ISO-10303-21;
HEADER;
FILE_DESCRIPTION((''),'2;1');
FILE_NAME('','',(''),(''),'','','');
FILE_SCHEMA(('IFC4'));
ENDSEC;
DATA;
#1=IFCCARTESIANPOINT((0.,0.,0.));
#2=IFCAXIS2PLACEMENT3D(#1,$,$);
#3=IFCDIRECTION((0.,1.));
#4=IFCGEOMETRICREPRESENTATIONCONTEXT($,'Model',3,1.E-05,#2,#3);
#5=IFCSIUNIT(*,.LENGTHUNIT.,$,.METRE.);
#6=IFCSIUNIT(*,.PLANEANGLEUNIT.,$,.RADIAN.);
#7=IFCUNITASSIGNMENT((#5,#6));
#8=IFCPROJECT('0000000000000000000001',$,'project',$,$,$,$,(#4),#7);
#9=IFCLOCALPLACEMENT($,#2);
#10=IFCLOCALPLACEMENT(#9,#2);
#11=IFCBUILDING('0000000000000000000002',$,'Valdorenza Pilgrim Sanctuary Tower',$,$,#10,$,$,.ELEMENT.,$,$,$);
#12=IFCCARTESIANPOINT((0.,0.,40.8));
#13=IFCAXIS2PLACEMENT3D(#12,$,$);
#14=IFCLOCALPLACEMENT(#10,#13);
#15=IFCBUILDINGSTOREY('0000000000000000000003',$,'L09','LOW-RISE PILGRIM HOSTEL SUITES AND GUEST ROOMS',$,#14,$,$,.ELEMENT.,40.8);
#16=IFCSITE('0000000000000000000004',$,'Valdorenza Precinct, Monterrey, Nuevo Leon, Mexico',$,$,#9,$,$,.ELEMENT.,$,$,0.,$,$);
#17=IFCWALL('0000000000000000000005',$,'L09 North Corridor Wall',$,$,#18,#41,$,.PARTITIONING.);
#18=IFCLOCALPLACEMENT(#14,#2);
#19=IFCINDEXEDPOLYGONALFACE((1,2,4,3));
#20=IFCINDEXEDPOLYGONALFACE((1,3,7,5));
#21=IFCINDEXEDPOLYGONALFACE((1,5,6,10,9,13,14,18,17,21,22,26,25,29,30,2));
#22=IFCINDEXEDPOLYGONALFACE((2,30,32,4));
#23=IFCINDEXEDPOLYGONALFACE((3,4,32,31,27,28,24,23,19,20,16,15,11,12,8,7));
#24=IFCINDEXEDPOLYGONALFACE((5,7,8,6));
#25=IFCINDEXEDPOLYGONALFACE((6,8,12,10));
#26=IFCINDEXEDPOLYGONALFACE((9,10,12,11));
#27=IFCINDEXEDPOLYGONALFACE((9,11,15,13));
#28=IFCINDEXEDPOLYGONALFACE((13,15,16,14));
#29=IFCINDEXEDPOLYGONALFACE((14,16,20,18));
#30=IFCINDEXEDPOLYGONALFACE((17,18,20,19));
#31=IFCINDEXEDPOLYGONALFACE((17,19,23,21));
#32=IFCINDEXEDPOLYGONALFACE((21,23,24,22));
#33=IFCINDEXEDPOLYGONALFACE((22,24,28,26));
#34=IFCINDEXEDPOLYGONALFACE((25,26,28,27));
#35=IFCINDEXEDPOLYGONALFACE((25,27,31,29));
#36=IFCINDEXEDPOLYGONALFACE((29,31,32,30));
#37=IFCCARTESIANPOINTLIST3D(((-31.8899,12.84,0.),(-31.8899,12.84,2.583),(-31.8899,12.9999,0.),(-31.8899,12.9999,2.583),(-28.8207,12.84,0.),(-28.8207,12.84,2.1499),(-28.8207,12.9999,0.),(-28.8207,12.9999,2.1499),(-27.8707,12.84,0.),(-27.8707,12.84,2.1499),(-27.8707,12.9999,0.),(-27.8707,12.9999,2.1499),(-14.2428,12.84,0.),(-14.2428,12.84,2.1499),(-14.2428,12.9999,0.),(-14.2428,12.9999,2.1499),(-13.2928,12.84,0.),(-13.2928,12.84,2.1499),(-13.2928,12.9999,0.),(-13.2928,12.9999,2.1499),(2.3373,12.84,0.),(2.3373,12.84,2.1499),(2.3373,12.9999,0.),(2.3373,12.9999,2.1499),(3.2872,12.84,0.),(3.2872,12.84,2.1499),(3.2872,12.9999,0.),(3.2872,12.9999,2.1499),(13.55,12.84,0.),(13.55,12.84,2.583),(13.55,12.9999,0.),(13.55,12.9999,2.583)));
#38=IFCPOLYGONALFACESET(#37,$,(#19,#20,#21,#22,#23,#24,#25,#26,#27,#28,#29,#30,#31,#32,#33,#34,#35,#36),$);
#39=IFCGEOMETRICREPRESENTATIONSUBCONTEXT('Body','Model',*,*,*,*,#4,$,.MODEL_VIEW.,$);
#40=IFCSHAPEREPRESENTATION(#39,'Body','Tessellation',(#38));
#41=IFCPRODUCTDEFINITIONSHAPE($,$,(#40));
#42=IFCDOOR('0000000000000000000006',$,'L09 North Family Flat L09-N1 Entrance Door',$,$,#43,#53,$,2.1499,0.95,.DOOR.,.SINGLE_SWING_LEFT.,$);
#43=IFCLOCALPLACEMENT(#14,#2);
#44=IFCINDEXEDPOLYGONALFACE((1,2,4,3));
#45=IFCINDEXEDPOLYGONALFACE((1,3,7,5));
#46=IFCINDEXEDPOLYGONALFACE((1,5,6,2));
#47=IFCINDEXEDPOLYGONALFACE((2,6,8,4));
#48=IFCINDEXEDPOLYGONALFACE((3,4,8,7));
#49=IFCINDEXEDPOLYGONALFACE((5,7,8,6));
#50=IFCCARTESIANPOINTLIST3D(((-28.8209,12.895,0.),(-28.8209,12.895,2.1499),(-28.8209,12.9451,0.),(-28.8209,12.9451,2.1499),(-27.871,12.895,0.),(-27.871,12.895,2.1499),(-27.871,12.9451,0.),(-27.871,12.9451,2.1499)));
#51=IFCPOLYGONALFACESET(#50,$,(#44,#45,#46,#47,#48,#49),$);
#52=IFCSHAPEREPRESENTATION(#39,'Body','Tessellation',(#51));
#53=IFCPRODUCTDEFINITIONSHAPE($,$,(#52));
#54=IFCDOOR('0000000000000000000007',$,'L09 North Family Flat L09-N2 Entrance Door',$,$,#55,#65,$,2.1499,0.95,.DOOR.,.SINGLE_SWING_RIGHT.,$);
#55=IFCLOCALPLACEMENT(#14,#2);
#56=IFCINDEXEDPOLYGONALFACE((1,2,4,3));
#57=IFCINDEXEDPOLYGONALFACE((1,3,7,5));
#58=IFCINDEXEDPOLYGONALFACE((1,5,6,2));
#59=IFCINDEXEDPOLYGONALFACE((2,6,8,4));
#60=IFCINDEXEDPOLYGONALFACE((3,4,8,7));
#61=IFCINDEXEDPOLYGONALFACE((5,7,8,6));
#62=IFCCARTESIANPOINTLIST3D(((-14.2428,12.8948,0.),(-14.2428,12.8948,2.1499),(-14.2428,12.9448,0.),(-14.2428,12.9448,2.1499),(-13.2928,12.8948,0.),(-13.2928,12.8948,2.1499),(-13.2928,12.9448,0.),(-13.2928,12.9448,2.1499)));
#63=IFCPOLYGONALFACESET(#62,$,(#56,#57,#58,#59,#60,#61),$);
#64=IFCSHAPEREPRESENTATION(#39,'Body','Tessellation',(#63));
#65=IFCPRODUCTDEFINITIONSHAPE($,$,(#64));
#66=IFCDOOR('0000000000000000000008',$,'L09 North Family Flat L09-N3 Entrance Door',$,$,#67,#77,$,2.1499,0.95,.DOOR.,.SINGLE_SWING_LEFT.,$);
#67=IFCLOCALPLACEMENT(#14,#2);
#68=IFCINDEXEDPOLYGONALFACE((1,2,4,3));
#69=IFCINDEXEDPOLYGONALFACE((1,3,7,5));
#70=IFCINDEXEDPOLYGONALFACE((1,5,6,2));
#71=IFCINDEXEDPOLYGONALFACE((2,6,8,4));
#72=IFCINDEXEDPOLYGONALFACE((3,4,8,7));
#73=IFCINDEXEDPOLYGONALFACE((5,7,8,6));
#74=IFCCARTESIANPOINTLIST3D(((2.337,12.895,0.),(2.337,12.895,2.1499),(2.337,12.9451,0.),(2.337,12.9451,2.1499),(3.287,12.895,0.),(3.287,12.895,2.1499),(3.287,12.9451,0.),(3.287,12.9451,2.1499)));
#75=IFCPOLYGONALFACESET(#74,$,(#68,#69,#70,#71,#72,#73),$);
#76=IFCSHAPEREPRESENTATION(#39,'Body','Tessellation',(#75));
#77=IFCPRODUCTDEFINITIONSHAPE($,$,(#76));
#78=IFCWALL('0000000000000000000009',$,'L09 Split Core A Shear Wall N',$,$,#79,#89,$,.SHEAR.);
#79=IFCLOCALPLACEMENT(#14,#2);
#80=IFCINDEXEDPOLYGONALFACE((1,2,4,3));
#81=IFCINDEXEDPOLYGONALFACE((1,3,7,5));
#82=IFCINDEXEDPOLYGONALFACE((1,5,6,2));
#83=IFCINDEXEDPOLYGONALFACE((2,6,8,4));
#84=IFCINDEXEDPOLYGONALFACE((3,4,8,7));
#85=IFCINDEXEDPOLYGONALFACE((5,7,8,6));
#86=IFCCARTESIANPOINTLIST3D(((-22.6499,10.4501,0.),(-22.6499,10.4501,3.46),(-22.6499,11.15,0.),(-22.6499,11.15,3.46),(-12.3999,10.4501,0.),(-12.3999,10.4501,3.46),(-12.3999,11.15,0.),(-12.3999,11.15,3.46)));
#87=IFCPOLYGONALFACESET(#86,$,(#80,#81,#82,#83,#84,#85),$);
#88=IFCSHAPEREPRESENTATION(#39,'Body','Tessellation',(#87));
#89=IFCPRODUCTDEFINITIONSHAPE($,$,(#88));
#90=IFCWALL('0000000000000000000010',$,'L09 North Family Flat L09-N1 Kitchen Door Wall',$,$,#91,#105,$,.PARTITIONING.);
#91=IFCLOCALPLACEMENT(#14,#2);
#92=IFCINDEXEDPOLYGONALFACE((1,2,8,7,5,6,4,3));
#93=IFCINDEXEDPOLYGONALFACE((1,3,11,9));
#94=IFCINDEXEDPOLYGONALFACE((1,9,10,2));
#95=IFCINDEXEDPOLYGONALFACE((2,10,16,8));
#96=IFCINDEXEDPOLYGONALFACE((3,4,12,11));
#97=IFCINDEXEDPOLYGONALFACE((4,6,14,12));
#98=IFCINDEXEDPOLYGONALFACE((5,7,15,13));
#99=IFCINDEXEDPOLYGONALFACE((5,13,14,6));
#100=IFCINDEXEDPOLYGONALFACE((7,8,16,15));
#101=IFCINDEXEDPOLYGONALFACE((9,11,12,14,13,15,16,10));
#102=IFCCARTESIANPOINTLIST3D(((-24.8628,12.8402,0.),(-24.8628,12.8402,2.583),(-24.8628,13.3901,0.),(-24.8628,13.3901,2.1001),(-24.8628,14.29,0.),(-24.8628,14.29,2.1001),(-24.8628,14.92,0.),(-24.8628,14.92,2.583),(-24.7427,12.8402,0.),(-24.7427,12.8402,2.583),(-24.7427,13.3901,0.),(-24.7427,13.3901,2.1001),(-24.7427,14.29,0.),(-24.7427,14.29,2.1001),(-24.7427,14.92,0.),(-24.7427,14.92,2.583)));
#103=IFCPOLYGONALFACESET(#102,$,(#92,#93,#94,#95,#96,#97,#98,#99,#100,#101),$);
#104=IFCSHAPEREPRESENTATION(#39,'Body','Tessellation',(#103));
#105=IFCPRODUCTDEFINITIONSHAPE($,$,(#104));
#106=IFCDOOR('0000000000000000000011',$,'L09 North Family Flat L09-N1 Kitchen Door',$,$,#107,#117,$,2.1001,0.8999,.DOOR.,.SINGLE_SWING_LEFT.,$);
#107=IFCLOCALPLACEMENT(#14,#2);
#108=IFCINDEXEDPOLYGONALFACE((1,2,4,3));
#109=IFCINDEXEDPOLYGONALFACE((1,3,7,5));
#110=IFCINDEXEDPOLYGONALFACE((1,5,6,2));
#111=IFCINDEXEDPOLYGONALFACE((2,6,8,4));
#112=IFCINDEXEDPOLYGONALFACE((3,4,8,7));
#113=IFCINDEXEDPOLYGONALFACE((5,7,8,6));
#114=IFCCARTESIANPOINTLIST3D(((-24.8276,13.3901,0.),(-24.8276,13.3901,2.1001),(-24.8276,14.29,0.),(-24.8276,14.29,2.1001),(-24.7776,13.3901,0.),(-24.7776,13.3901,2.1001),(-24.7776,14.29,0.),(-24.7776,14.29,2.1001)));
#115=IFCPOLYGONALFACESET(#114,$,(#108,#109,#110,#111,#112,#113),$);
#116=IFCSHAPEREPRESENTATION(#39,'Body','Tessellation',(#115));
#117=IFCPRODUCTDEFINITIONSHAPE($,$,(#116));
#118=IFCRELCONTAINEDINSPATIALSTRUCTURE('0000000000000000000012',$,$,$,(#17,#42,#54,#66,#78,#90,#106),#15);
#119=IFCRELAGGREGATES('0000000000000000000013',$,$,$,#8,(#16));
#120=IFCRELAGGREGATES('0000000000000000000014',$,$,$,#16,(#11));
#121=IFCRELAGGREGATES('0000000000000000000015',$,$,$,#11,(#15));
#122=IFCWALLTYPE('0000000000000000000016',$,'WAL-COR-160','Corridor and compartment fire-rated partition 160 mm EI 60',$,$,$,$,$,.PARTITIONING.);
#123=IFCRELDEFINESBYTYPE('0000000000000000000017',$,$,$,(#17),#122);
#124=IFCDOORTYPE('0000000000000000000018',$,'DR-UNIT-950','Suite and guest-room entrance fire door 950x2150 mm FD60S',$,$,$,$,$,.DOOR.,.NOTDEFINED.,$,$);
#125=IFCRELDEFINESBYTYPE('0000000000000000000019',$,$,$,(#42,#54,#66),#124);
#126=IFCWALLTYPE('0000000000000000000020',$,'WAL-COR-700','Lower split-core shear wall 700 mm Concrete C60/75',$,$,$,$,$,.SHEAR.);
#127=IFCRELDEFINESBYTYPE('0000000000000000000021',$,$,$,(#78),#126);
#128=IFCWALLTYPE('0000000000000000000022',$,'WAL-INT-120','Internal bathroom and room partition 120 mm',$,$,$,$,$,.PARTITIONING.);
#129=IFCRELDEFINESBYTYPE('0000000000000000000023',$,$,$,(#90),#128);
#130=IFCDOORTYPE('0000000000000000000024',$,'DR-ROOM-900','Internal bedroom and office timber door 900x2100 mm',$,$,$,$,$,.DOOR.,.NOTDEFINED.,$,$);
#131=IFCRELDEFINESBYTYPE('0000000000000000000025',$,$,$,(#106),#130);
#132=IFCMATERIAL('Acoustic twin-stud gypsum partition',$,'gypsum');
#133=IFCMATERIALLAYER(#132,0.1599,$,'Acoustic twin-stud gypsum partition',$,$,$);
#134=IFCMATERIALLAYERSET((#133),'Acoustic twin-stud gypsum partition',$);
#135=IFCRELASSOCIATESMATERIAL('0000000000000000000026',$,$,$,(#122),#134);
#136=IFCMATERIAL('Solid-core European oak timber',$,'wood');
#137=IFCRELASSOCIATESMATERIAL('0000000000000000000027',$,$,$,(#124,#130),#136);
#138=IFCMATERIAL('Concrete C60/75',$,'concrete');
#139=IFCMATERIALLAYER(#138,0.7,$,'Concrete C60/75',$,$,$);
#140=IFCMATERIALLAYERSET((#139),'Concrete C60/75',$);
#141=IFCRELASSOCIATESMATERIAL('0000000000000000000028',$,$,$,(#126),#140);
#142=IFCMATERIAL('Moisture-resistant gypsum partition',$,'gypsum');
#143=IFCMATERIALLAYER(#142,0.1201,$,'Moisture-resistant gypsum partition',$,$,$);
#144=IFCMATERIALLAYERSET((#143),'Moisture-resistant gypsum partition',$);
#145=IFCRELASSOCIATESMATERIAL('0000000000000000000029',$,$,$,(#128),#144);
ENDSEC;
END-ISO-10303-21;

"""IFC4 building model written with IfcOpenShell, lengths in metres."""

from ifc_helpers import new_model, si_unit, direction, frame, frame_2d, origin, place, context, subcontext, project, spatial, rectangle, extrude, material, layer, layer_set, type_object, element, fill, save


model = new_model("IFC4")

# Units and contexts
model_context = context("Model", 3, precision=1e-05, world=origin(), true_north=direction((0.0, 1.0)))
body_context = subcontext(model_context, "Body", "Model", "MODEL_VIEW")
ifc_project = project(units=[si_unit("LENGTHUNIT", "METRE"), si_unit("PLANEANGLEUNIT", "RADIAN")], contexts=[model_context])

# Site, building, storey
site_placement = place(None, origin())
site = spatial("IfcSite", under=ifc_project, at=site_placement, Name="Valdorenza Precinct, Monterrey, Nuevo Leon, Mexico", CompositionType="ELEMENT", RefElevation=0.0)
building_placement = place(site_placement, origin())
building = spatial("IfcBuilding", under=site, at=building_placement, Name="Valdorenza Pilgrim Sanctuary Tower", CompositionType="ELEMENT")
storey_placement = place(building_placement, frame((0.0, 0.0, 40.8)))
storey = spatial("IfcBuildingStorey", under=building, at=storey_placement, Name="L09", Description="LOW-RISE PILGRIM HOSTEL SUITES AND GUEST ROOMS", CompositionType="ELEMENT", Elevation=40.8)

# Shared definitions
ifc_material_1 = material(Name="Concrete C60/75", Category="concrete")

# Shared definitions
ifc_material_2 = material(Name="Acoustic twin-stud gypsum partition", Category="gypsum")
ifc_layer_1 = layer(ifc_material_2, 0.1599, Name="Acoustic twin-stud gypsum partition")
ifc_layer_set_1 = layer_set([ifc_layer_1], Name="Acoustic twin-stud gypsum partition")
wall_type_1 = type_object("IfcWallType", Name="WAL-COR-160", Description="Corridor and compartment fire-rated partition 160 mm EI 60", PredefinedType="PARTITIONING", material=ifc_layer_set_1)

# Wall, openings, doors
wall_1_placement = place(storey_placement, frame((-31.8899, 12.9199, 0.0), z_axis=(0.0, 0.0, 1.0), x_axis=(1.0, 0.0, 0.0)))
wall_1 = element("IfcWall", 1, at=wall_1_placement, inside=storey, type_object=wall_type_1, Name="L09 North Corridor Wall", PredefinedType="PARTITIONING", context=body_context, shape_type="SweptSolid", body=[
    extrude(rectangle(XDim=45.4399, YDim=0.1599, at=frame_2d((22.72, 0.0))), origin(), (0.0, 0.0, 1.0), 2.583),
])
opening_1_placement = place(wall_1_placement, frame((3.0691, 0.0, 0.0)))
opening_1 = element("IfcOpeningElement", 2, at=opening_1_placement, cuts=wall_1, PredefinedType="OPENING", context=body_context, shape_type="SweptSolid", body=[
    extrude(rectangle(XDim=0.95, YDim=2.1499, at=frame_2d((0.4751, 1.075))), frame((0.0, 0.0947, 0.0), z_axis=(0.0, -1.0, 0.0), x_axis=(1.0, 0.0, 0.0)), (0.0, 0.0, 1.0), 0.1897),
])
opening_2_placement = place(wall_1_placement, frame((17.647, 0.0, 0.0)))
opening_2 = element("IfcOpeningElement", 3, at=opening_2_placement, cuts=wall_1, PredefinedType="OPENING", context=body_context, shape_type="SweptSolid", body=[
    extrude(rectangle(XDim=0.95, YDim=2.1499, at=frame_2d((0.4751, 1.075))), frame((0.0, 0.0947, 0.0), z_axis=(0.0, -1.0, 0.0), x_axis=(1.0, 0.0, 0.0)), (0.0, 0.0, 1.0), 0.1897),
])
opening_3_placement = place(wall_1_placement, frame((34.2271, 0.0, 0.0)))
opening_3 = element("IfcOpeningElement", 4, at=opening_3_placement, cuts=wall_1, PredefinedType="OPENING", context=body_context, shape_type="SweptSolid", body=[
    extrude(rectangle(XDim=0.95, YDim=2.1499, at=frame_2d((0.4751, 1.075))), frame((0.0, 0.0947, 0.0), z_axis=(0.0, -1.0, 0.0), x_axis=(1.0, 0.0, 0.0)), (0.0, 0.0, 1.0), 0.1897),
])
ifc_material_3 = material(Name="Solid-core European oak timber", Category="wood")
door_type_1 = type_object("IfcDoorType", Name="DR-UNIT-950", Description="Suite and guest-room entrance fire door 950x2150 mm FD60S", OperationType="NOTDEFINED", PredefinedType="DOOR", material=ifc_material_3)
door_1_placement = place(opening_1_placement, frame((0.95, 0.0, 0.0), z_axis=(0.0, 0.0, 1.0), x_axis=(-1.0, 0.0, 0.0)))
door_1 = element("IfcDoor", 5, at=door_1_placement, inside=storey, type_object=door_type_1, Name="L09 North Family Flat L09-N1 Entrance Door", OperationType="SINGLE_SWING_LEFT", OverallHeight=2.1499, OverallWidth=0.95, PredefinedType="DOOR", context=body_context, shape_type="SweptSolid", body=[
    extrude(rectangle(XDim=0.95, YDim=2.1499, at=frame_2d((0.4751, 1.075))), frame((0.0, 0.0249, 0.0), z_axis=(0.0, -1.0, 0.0), x_axis=(1.0, 0.0, 0.0)), (0.0, 0.0, 1.0), 0.05),
])
fill(opening_1, door_1)
door_2_placement = place(opening_2_placement, origin())
door_2 = element("IfcDoor", 6, at=door_2_placement, inside=storey, type_object=door_type_1, Name="L09 North Family Flat L09-N2 Entrance Door", OperationType="SINGLE_SWING_RIGHT", OverallHeight=2.1499, OverallWidth=0.95, PredefinedType="DOOR", context=body_context, shape_type="SweptSolid", body=[
    extrude(rectangle(XDim=0.95, YDim=2.1499, at=frame_2d((0.4751, 1.075))), frame((0.0, 0.0249, 0.0), z_axis=(0.0, -1.0, 0.0), x_axis=(1.0, 0.0, 0.0)), (0.0, 0.0, 1.0), 0.05),
])
fill(opening_2, door_2)
door_3_placement = place(opening_3_placement, frame((0.95, 0.0, 0.0), z_axis=(0.0, 0.0, 1.0), x_axis=(-1.0, 0.0, 0.0)))
door_3 = element("IfcDoor", 7, at=door_3_placement, inside=storey, type_object=door_type_1, Name="L09 North Family Flat L09-N3 Entrance Door", OperationType="SINGLE_SWING_LEFT", OverallHeight=2.1499, OverallWidth=0.95, PredefinedType="DOOR", context=body_context, shape_type="SweptSolid", body=[
    extrude(rectangle(XDim=0.95, YDim=2.1499, at=frame_2d((0.4751, 1.075))), frame((0.0, 0.0249, 0.0), z_axis=(0.0, -1.0, 0.0), x_axis=(1.0, 0.0, 0.0)), (0.0, 0.0, 1.0), 0.05),
])
fill(opening_3, door_3)

# Wall
ifc_layer_2 = layer(ifc_material_1, 0.7, Name="Concrete C60/75")
ifc_layer_set_2 = layer_set([ifc_layer_2], Name="Concrete C60/75")
wall_type_2 = type_object("IfcWallType", Name="WAL-COR-700", Description="Lower split-core shear wall 700 mm Concrete C60/75", PredefinedType="SHEAR", material=ifc_layer_set_2)
wall_2_placement = place(storey_placement, frame((-22.6499, 10.8, 0.0), z_axis=(0.0, 0.0, 1.0), x_axis=(1.0, 0.0, 0.0)))
element("IfcWall", 8, at=wall_2_placement, inside=storey, type_object=wall_type_2, Name="L09 Split Core A Shear Wall N", PredefinedType="SHEAR", context=body_context, shape_type="SweptSolid", body=[
    extrude(rectangle(XDim=10.25, YDim=0.7, at=frame_2d((5.125, 0.0))), origin(), (0.0, 0.0, 1.0), 3.46),
])

# Wall, opening, door
ifc_material_4 = material(Name="Moisture-resistant gypsum partition", Category="gypsum")
ifc_layer_3 = layer(ifc_material_4, 0.1201, Name="Moisture-resistant gypsum partition")
ifc_layer_set_3 = layer_set([ifc_layer_3], Name="Moisture-resistant gypsum partition")
wall_type_3 = type_object("IfcWallType", Name="WAL-INT-120", Description="Internal bathroom and room partition 120 mm", PredefinedType="PARTITIONING", material=ifc_layer_set_3)
wall_3_placement = place(storey_placement, frame((-24.8027, 12.8401, 0.0), z_axis=(0.0, 0.0, 1.0), x_axis=(0.0, 1.0, 0.0)))
wall_3 = element("IfcWall", 9, at=wall_3_placement, inside=storey, type_object=wall_type_3, Name="L09 North Family Flat L09-N1 Kitchen Door Wall", PredefinedType="PARTITIONING", context=body_context, shape_type="SweptSolid", body=[
    extrude(rectangle(XDim=2.0798, YDim=0.1201, at=frame_2d((1.04, 0.0))), origin(), (0.0, 0.0, 1.0), 2.583),
])
opening_4_placement = place(wall_3_placement, frame((0.55, 0.0, 0.0)))
opening_4 = element("IfcOpeningElement", 10, at=opening_4_placement, cuts=wall_3, PredefinedType="OPENING", context=body_context, shape_type="SweptSolid", body=[
    extrude(rectangle(XDim=0.8999, YDim=2.1001, at=frame_2d((0.45, 1.05))), frame((0.0, 0.075, 0.0), z_axis=(0.0, -1.0, 0.0), x_axis=(1.0, 0.0, 0.0)), (0.0, 0.0, 1.0), 0.1499),
])
door_type_2 = type_object("IfcDoorType", Name="DR-ROOM-900", Description="Internal bedroom and office timber door 900x2100 mm", OperationType="NOTDEFINED", PredefinedType="DOOR", material=ifc_material_3)
door_4_placement = place(opening_4_placement, origin())
door_4 = element("IfcDoor", 11, at=door_4_placement, inside=storey, type_object=door_type_2, Name="L09 North Family Flat L09-N1 Kitchen Door", OperationType="SINGLE_SWING_LEFT", OverallHeight=2.1001, OverallWidth=0.8999, PredefinedType="DOOR", context=body_context, shape_type="SweptSolid", body=[
    extrude(rectangle(XDim=0.8999, YDim=2.1001, at=frame_2d((0.45, 1.05))), frame((0.0, 0.0249, 0.0), z_axis=(0.0, -1.0, 0.0), x_axis=(1.0, 0.0, 0.0)), (0.0, 0.0, 1.0), 0.05),
])
fill(opening_4, door_4)

save(model, "model.ifc")
